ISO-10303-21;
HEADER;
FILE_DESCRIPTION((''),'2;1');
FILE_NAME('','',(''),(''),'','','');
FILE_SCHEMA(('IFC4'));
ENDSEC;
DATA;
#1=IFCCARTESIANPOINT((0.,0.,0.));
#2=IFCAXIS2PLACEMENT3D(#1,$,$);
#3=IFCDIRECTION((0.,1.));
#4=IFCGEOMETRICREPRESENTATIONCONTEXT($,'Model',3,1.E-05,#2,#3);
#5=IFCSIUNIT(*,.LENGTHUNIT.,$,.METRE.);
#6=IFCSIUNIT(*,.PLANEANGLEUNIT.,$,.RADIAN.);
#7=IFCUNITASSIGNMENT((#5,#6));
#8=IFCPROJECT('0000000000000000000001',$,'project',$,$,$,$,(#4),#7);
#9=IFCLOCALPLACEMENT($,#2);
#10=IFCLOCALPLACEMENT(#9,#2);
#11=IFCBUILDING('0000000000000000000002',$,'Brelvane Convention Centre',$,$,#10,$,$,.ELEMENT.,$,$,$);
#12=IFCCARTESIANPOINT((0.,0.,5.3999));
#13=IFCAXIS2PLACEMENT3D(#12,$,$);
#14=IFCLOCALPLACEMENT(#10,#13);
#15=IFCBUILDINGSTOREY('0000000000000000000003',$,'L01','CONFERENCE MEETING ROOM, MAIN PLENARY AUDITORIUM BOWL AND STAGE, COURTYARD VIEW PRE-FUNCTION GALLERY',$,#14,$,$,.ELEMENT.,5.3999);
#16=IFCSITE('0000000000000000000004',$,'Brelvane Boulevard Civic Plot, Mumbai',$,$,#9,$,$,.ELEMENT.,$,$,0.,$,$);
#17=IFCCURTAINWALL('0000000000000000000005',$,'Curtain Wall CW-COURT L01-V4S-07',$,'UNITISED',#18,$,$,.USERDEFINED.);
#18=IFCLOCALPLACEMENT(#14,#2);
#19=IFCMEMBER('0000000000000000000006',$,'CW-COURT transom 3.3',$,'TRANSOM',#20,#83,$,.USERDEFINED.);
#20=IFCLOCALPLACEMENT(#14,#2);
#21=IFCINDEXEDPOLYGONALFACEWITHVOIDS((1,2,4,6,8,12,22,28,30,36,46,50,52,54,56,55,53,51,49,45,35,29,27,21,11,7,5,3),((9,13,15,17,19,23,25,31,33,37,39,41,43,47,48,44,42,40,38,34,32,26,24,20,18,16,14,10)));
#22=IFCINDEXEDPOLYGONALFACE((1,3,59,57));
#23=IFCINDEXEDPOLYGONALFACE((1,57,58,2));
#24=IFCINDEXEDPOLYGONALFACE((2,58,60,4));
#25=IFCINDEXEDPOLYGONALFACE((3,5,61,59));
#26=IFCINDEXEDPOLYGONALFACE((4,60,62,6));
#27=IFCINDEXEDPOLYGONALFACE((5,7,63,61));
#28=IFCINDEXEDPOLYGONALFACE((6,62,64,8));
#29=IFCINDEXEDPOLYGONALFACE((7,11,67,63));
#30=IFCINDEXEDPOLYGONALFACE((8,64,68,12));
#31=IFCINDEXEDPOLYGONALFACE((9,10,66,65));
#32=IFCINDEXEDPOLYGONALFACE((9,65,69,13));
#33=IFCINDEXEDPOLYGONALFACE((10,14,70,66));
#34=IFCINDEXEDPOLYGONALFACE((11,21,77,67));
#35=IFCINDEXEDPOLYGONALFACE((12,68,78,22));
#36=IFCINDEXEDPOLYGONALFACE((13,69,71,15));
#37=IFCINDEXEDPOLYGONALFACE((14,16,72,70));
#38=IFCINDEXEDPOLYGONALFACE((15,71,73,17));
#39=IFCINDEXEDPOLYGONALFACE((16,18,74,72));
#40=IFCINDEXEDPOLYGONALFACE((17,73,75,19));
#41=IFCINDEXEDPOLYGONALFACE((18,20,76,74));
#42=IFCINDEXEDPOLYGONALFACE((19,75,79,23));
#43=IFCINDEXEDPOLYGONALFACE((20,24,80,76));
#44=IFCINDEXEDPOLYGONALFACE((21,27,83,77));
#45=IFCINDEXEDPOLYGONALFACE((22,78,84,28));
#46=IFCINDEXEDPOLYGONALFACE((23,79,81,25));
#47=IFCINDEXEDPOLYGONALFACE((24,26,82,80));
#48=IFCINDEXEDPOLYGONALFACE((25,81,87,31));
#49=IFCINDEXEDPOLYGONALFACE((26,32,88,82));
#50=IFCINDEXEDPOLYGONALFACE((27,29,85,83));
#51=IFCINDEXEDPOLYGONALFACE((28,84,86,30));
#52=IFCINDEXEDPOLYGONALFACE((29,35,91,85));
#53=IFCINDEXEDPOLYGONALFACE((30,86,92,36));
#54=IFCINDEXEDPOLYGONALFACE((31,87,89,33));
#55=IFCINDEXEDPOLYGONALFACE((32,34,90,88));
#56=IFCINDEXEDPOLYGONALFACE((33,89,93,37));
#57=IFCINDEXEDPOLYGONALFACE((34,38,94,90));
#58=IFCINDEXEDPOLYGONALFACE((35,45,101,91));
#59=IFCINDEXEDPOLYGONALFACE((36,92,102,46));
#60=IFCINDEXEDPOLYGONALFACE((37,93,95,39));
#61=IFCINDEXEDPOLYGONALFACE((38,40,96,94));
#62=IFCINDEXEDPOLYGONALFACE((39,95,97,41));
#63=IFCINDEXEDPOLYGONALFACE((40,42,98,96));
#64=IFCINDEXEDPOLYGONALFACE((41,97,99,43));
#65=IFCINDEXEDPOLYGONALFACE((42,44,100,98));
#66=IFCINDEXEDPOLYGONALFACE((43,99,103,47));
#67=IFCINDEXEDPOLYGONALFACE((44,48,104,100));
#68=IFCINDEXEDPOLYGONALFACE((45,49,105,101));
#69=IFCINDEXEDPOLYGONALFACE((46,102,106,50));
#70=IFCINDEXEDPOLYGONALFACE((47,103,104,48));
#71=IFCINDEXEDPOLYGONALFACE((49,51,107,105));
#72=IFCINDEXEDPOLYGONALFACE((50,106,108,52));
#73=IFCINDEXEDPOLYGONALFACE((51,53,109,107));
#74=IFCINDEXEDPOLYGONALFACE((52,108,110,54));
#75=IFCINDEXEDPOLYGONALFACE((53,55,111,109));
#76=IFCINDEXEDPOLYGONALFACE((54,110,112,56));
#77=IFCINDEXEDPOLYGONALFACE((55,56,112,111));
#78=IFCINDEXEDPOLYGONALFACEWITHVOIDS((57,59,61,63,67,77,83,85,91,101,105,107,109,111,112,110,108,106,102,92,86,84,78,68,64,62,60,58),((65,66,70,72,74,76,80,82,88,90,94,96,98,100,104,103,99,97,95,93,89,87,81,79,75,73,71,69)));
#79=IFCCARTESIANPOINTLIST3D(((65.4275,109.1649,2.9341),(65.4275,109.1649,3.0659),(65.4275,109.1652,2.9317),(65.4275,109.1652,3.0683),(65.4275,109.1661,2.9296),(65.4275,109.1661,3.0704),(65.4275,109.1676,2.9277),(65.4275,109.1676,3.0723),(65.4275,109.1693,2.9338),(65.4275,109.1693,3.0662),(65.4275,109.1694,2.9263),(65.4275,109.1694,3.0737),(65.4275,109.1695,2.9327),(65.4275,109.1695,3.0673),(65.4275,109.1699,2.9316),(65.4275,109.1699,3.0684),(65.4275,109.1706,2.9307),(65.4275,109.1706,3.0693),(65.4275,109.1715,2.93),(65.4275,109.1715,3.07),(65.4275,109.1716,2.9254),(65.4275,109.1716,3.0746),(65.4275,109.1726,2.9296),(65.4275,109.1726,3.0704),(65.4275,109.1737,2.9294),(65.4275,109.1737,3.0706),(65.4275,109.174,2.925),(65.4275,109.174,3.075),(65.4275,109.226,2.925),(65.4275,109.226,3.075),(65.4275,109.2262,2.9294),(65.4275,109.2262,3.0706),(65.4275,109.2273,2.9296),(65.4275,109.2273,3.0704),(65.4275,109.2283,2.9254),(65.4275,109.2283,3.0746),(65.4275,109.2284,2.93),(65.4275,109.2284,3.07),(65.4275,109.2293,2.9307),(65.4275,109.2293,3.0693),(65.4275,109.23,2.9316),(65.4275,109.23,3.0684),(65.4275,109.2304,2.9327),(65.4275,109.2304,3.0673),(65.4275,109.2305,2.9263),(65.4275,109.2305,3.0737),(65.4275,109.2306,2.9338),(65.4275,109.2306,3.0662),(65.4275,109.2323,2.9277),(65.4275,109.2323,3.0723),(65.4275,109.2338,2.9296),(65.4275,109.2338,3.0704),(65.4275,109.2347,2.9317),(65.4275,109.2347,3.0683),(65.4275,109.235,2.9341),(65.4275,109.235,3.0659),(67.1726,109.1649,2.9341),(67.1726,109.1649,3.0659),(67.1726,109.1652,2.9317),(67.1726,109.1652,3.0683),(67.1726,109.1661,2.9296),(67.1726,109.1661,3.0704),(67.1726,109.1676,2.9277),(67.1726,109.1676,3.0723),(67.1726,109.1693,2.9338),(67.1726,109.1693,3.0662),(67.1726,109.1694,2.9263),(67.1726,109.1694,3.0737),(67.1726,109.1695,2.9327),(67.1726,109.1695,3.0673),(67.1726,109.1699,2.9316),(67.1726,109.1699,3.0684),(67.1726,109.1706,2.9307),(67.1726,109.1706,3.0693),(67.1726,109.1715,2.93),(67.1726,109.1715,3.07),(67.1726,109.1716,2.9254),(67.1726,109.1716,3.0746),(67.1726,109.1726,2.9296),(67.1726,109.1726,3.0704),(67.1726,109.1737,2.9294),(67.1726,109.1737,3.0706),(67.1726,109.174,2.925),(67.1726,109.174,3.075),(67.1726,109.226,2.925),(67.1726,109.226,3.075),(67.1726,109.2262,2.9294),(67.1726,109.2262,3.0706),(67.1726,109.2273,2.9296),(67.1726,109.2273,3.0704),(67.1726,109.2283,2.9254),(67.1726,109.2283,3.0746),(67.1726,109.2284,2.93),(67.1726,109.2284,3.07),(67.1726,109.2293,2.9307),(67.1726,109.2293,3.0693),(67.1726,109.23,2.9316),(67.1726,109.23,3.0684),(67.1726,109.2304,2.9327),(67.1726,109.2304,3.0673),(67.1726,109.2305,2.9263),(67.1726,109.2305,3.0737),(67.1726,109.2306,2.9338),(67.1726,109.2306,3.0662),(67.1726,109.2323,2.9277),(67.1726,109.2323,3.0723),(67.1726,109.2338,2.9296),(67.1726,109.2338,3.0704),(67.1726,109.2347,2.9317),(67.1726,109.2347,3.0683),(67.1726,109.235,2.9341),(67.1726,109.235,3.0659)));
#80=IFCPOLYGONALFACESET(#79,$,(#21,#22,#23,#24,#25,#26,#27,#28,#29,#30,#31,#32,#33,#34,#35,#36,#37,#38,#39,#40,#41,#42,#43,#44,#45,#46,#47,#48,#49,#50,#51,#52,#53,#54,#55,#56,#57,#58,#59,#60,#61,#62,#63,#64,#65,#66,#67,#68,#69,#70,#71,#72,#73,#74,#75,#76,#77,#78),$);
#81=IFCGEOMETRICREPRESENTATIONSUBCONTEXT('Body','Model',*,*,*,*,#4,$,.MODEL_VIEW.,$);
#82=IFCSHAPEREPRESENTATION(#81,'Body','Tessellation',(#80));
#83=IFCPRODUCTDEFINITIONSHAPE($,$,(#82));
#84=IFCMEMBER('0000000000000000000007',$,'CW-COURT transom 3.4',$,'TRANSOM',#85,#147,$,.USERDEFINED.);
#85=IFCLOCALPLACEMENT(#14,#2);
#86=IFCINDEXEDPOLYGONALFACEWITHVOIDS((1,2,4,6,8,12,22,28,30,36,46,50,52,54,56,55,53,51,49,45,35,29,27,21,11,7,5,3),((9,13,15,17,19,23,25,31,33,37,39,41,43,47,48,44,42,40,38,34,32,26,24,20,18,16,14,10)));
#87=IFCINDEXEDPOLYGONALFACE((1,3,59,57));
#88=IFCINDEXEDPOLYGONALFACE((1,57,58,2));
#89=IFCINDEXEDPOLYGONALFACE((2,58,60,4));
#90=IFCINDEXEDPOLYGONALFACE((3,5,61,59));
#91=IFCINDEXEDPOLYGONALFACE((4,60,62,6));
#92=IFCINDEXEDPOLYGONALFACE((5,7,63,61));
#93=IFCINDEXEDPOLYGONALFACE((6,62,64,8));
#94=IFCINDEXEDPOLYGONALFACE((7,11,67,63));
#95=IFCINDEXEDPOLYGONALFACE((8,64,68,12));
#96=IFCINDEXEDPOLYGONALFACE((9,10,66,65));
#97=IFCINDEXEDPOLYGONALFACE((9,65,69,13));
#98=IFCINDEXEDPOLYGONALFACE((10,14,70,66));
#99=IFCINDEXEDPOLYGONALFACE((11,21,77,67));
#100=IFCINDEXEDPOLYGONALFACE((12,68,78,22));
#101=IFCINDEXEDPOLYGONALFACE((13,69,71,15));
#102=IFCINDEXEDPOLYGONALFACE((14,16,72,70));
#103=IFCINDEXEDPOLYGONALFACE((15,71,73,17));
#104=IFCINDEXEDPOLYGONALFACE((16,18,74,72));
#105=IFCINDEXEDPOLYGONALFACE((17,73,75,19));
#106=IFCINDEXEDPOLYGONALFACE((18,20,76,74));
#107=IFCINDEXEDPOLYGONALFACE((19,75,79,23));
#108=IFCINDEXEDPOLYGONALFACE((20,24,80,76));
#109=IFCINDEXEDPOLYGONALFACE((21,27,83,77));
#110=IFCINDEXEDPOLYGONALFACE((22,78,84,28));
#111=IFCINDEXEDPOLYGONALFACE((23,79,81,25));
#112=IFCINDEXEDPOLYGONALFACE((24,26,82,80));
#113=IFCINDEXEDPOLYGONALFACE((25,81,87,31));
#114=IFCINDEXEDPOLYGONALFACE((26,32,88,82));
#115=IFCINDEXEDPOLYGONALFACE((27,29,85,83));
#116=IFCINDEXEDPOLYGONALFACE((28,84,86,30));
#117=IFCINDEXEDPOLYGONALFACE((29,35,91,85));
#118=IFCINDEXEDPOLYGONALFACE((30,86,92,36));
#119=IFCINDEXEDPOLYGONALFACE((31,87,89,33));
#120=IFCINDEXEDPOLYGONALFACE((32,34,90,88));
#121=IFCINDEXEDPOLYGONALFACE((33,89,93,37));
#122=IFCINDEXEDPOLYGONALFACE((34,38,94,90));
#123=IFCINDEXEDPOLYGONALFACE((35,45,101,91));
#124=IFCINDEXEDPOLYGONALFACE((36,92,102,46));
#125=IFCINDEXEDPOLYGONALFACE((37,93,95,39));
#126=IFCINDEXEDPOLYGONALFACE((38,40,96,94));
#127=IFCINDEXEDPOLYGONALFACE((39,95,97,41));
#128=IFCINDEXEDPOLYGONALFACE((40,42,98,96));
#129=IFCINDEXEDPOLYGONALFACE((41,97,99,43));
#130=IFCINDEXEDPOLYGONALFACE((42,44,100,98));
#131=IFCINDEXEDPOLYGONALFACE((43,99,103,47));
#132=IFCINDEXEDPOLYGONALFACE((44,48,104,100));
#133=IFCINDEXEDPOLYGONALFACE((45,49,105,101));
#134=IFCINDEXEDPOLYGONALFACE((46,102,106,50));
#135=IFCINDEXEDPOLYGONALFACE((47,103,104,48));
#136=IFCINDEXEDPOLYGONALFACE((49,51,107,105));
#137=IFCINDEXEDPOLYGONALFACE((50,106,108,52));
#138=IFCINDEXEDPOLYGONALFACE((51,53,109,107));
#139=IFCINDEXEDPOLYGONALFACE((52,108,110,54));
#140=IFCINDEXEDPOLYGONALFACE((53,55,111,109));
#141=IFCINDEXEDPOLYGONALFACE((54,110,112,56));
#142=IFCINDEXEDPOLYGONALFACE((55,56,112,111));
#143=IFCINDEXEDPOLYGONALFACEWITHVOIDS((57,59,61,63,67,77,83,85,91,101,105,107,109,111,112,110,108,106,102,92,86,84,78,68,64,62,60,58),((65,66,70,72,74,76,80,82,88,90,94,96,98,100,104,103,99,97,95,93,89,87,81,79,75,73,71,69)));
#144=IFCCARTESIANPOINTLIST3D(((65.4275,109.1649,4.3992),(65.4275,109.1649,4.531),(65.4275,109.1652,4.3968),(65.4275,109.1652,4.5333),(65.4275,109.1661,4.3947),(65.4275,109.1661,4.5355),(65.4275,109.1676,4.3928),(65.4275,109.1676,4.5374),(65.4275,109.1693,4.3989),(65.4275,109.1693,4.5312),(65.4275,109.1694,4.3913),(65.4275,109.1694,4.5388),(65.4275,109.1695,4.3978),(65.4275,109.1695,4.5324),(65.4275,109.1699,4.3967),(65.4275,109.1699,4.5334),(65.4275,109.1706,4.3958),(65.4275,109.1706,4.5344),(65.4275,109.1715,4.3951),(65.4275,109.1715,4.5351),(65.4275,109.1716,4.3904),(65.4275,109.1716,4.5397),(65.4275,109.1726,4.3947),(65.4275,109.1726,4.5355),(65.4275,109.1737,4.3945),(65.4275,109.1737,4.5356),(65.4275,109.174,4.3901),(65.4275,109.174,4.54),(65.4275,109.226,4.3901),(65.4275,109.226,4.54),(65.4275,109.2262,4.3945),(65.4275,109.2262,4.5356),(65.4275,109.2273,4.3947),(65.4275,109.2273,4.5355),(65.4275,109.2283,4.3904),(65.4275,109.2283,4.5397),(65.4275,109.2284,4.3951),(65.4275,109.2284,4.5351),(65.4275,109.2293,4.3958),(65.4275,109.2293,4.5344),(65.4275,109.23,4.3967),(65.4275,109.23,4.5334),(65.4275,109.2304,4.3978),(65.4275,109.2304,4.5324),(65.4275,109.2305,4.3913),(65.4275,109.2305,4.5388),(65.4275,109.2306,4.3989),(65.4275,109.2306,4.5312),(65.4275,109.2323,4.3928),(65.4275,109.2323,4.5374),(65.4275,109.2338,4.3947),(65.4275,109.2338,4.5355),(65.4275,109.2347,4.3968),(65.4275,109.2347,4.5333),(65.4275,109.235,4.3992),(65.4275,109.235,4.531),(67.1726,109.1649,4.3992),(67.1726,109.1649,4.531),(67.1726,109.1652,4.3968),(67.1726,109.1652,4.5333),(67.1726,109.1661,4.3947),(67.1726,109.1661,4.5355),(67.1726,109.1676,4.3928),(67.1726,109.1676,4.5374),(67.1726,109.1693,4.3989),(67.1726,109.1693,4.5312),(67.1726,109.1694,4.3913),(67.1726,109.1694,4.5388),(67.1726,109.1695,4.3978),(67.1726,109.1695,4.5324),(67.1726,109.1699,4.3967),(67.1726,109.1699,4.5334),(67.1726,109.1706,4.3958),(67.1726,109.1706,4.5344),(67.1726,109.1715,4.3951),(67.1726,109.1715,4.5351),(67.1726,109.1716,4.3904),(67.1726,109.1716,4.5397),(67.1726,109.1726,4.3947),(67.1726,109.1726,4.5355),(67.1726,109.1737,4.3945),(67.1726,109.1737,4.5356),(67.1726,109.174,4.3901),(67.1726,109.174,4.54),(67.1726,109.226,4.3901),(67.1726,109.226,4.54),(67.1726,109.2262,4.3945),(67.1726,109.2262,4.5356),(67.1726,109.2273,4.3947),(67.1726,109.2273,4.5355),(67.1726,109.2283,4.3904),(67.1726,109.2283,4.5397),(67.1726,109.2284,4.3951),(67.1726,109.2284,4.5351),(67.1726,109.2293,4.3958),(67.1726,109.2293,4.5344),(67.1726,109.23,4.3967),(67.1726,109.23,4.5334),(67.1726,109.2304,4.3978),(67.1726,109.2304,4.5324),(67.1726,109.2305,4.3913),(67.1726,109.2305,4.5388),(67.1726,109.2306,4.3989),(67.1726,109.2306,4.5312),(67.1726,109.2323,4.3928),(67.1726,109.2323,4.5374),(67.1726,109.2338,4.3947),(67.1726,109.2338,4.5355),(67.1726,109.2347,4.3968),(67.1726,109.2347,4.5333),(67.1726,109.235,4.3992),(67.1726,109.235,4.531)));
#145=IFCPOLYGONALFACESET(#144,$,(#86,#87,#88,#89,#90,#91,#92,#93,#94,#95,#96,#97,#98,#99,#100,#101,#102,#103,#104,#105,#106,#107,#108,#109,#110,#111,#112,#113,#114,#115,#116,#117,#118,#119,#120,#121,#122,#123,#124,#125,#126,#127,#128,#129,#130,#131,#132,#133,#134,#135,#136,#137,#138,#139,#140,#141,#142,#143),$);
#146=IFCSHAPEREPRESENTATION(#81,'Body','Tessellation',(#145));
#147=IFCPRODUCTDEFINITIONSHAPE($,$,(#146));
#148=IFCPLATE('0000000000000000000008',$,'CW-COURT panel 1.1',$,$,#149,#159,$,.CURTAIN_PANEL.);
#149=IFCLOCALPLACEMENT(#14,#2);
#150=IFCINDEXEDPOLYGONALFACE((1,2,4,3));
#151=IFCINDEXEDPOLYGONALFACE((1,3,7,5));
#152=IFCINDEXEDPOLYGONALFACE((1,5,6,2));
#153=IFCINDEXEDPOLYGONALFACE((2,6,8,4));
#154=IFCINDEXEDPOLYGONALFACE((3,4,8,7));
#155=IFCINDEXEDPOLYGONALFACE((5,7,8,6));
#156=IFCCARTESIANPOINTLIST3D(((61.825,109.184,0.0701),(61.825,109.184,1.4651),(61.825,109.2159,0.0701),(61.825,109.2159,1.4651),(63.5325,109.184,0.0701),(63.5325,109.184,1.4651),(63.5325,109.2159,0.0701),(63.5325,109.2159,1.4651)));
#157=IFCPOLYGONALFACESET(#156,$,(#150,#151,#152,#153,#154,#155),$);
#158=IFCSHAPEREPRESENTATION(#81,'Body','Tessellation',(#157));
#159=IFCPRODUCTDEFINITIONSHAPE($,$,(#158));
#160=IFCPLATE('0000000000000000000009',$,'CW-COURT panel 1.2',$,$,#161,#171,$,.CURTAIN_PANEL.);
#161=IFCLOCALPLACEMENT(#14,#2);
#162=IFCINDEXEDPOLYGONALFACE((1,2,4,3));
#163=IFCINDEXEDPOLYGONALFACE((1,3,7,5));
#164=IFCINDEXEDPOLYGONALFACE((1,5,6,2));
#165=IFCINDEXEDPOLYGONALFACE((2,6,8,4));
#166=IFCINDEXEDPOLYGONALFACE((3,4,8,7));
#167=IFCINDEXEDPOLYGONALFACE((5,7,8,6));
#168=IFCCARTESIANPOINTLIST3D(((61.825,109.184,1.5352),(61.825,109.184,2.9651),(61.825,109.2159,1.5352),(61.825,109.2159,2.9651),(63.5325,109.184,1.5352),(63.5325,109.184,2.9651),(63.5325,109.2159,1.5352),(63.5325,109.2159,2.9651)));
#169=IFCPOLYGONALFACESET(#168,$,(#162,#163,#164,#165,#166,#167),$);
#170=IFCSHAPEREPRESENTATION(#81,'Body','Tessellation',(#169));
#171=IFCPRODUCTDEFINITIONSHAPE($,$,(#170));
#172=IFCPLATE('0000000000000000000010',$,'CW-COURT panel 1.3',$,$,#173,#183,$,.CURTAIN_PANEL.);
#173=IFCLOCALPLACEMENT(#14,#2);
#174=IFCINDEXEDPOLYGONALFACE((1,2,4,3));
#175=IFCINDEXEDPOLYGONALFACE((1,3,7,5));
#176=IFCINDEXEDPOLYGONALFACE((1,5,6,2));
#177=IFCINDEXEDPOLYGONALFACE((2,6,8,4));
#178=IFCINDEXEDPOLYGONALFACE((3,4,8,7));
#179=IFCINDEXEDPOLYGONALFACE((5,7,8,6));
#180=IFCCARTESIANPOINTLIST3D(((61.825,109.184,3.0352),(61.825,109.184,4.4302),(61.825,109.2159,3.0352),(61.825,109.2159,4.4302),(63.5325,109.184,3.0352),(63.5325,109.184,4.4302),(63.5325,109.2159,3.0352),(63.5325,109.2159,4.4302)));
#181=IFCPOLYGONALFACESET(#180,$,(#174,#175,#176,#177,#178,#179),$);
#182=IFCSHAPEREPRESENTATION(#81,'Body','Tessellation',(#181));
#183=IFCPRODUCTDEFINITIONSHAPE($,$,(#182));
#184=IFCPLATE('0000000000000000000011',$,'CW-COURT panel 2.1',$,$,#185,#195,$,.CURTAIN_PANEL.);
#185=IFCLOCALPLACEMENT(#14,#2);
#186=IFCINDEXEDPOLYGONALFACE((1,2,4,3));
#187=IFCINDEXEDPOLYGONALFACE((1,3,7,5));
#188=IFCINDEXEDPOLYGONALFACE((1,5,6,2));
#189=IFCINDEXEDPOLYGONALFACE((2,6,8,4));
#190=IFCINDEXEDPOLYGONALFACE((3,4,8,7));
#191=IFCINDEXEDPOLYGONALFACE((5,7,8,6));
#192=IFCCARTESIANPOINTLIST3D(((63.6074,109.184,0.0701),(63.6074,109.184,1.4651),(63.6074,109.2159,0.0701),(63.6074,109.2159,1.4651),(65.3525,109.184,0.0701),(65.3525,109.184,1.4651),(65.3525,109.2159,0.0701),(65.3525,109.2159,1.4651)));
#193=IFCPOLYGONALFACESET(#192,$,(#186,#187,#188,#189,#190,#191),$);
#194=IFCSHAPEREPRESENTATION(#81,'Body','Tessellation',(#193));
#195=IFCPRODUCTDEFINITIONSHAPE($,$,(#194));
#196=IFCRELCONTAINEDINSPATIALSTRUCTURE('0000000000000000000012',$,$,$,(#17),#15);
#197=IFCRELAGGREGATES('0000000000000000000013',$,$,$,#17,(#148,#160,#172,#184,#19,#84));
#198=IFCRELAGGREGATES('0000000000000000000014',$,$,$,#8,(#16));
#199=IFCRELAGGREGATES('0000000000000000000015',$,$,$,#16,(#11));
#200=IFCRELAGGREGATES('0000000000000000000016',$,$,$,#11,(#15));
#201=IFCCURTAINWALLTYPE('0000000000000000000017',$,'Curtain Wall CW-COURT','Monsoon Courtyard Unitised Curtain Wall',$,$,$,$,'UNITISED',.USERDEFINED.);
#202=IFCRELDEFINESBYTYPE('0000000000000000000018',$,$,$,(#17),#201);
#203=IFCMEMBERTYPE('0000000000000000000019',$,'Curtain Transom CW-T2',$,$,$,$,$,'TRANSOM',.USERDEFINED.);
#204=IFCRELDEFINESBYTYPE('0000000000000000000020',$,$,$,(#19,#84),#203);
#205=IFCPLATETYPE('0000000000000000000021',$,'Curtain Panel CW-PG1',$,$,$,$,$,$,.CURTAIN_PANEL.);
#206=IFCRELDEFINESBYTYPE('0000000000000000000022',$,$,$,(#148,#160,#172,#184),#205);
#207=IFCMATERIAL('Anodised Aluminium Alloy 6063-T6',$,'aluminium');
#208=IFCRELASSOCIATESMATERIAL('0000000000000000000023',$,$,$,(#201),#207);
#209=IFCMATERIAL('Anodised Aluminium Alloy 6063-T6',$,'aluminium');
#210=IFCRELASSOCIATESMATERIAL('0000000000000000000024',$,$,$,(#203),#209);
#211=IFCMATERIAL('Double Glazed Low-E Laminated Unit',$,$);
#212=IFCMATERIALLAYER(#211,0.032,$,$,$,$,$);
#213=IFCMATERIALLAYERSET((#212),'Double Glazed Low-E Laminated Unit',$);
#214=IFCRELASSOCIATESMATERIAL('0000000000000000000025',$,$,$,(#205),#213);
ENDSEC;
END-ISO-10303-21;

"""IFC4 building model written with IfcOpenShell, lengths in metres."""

from ifc_helpers import new_model, si_unit, direction, frame, origin, origin_2d, place, context, subcontext, project, spatial, rectangle, hollow_rectangle, extrude, material, layer, layer_set, material_profile, profile_set, type_object, element, aggregate, save


model = new_model("IFC4")

# Units and contexts
model_context = context("Model", 3, precision=1e-05, world=origin(), true_north=direction((0.0, 1.0)))
body_context = subcontext(model_context, "Body", "Model", "MODEL_VIEW")
ifc_project = project(units=[si_unit("LENGTHUNIT", "METRE"), si_unit("PLANEANGLEUNIT", "RADIAN")], contexts=[model_context])

# Site, building, storey
site_placement = place(None, origin())
site = spatial("IfcSite", under=ifc_project, at=site_placement, Name="Brelvane Boulevard Civic Plot, Mumbai", CompositionType="ELEMENT", RefElevation=0.0)
building_placement = place(site_placement, origin())
building = spatial("IfcBuilding", under=site, at=building_placement, Name="Brelvane Convention Centre", CompositionType="ELEMENT")
storey_placement = place(building_placement, frame((0.0, 0.0, 5.3999)))
storey = spatial("IfcBuildingStorey", under=building, at=storey_placement, Name="L01", Description="CONFERENCE MEETING ROOM, MAIN PLENARY AUDITORIUM BOWL AND STAGE, COURTYARD VIEW PRE-FUNCTION GALLERY", CompositionType="ELEMENT", Elevation=5.3999)

# Curtain wall, members, plates
ifc_material_1 = material(Name="Anodised Aluminium Alloy 6063-T6", Category="aluminium")
curtain_wall_type = type_object("IfcCurtainWallType", Name="Curtain Wall CW-COURT", Description="Monsoon Courtyard Unitised Curtain Wall", ElementType="UNITISED", PredefinedType="USERDEFINED", material=ifc_material_1)
curtain_wall_placement = place(storey_placement, origin())
curtain_wall = element("IfcCurtainWall", 1, at=curtain_wall_placement, inside=storey, type_object=curtain_wall_type, Name="Curtain Wall CW-COURT L01-V4S-07", ObjectType="UNITISED", PredefinedType="USERDEFINED")
ifc_material_2 = material(Name="Anodised Aluminium Alloy 6063-T6", Category="aluminium")
ifc_material_profile_1 = material_profile(ifc_material_2, hollow_rectangle(XDim=0.0701, YDim=0.1499, WallThickness=0.0044, InnerFilletRadius=0.0044, OuterFilletRadius=0.009, at=origin_2d()), Name="ALU-T 150x70x4.5")
ifc_profile_set_1 = profile_set([ifc_material_profile_1], Name="Anodised Aluminium Alloy 6063-T6")
member_type_1 = type_object("IfcMemberType", Name="Curtain Transom CW-T2", ElementType="TRANSOM", PredefinedType="USERDEFINED", material=ifc_profile_set_1)
member_1_placement = place(storey_placement, frame((65.4275, 109.2, 3.0), z_axis=(1.0, 0.0, 0.0), x_axis=(0.0, 1.0, 0.0)))
member_1 = element("IfcMember", 2, at=member_1_placement, type_object=member_type_1, Name="CW-COURT transom 3.3", ObjectType="TRANSOM", PredefinedType="USERDEFINED", context=body_context, shape_type="SweptSolid", body=[
    extrude(hollow_rectangle(XDim=0.0701, YDim=0.1499, WallThickness=0.0044, InnerFilletRadius=0.0044, OuterFilletRadius=0.009, at=origin_2d()), origin(), (0.0, 0.0, 1.0), 1.7451),
])
member_2_placement = place(storey_placement, frame((65.4275, 109.2, 4.4651), z_axis=(1.0, 0.0, 0.0), x_axis=(0.0, 1.0, 0.0)))
member_2 = element("IfcMember", 3, at=member_2_placement, type_object=member_type_1, Name="CW-COURT transom 3.4", ObjectType="TRANSOM", PredefinedType="USERDEFINED", context=body_context, shape_type="SweptSolid", body=[
    extrude(hollow_rectangle(XDim=0.0701, YDim=0.1499, WallThickness=0.0044, InnerFilletRadius=0.0044, OuterFilletRadius=0.009, at=origin_2d()), origin(), (0.0, 0.0, 1.0), 1.7451),
])
ifc_material_3 = material(Name="Double Glazed Low-E Laminated Unit")
ifc_layer = layer(ifc_material_3, 0.032)
ifc_layer_set = layer_set([ifc_layer], Name="Double Glazed Low-E Laminated Unit")
plate_type = type_object("IfcPlateType", Name="Curtain Panel CW-PG1", PredefinedType="CURTAIN_PANEL", material=ifc_layer_set)
plate_1_placement = place(storey_placement, frame((62.6787, 109.2, 0.0701), z_axis=(0.0, 0.0, 1.0), x_axis=(1.0, 0.0, 0.0)))
plate_1 = element("IfcPlate", 4, at=plate_1_placement, type_object=plate_type, Name="CW-COURT panel 1.1", PredefinedType="CURTAIN_PANEL", context=body_context, shape_type="SweptSolid", body=[
    extrude(rectangle(XDim=1.7075, YDim=0.032, at=origin_2d()), origin(), (0.0, 0.0, 1.0), 1.395),
])
plate_2_placement = place(storey_placement, frame((62.6787, 109.2, 1.5352), z_axis=(0.0, 0.0, 1.0), x_axis=(1.0, 0.0, 0.0)))
plate_2 = element("IfcPlate", 5, at=plate_2_placement, type_object=plate_type, Name="CW-COURT panel 1.2", PredefinedType="CURTAIN_PANEL", context=body_context, shape_type="SweptSolid", body=[
    extrude(rectangle(XDim=1.7075, YDim=0.032, at=origin_2d()), origin(), (0.0, 0.0, 1.0), 1.4299),
])
plate_3_placement = place(storey_placement, frame((62.6787, 109.2, 3.0352), z_axis=(0.0, 0.0, 1.0), x_axis=(1.0, 0.0, 0.0)))
plate_3 = element("IfcPlate", 6, at=plate_3_placement, type_object=plate_type, Name="CW-COURT panel 1.3", PredefinedType="CURTAIN_PANEL", context=body_context, shape_type="SweptSolid", body=[
    extrude(rectangle(XDim=1.7075, YDim=0.032, at=origin_2d()), origin(), (0.0, 0.0, 1.0), 1.395),
])
plate_4_placement = place(storey_placement, frame((64.48, 109.2, 0.0701), z_axis=(0.0, 0.0, 1.0), x_axis=(1.0, 0.0, 0.0)))
plate_4 = element("IfcPlate", 7, at=plate_4_placement, type_object=plate_type, Name="CW-COURT panel 2.1", PredefinedType="CURTAIN_PANEL", context=body_context, shape_type="SweptSolid", body=[
    extrude(rectangle(XDim=1.7451, YDim=0.032, at=origin_2d()), origin(), (0.0, 0.0, 1.0), 1.395),
])
aggregate(curtain_wall, [plate_1, plate_2, plate_3, plate_4, member_1, member_2])

save(model, "model.ifc")
